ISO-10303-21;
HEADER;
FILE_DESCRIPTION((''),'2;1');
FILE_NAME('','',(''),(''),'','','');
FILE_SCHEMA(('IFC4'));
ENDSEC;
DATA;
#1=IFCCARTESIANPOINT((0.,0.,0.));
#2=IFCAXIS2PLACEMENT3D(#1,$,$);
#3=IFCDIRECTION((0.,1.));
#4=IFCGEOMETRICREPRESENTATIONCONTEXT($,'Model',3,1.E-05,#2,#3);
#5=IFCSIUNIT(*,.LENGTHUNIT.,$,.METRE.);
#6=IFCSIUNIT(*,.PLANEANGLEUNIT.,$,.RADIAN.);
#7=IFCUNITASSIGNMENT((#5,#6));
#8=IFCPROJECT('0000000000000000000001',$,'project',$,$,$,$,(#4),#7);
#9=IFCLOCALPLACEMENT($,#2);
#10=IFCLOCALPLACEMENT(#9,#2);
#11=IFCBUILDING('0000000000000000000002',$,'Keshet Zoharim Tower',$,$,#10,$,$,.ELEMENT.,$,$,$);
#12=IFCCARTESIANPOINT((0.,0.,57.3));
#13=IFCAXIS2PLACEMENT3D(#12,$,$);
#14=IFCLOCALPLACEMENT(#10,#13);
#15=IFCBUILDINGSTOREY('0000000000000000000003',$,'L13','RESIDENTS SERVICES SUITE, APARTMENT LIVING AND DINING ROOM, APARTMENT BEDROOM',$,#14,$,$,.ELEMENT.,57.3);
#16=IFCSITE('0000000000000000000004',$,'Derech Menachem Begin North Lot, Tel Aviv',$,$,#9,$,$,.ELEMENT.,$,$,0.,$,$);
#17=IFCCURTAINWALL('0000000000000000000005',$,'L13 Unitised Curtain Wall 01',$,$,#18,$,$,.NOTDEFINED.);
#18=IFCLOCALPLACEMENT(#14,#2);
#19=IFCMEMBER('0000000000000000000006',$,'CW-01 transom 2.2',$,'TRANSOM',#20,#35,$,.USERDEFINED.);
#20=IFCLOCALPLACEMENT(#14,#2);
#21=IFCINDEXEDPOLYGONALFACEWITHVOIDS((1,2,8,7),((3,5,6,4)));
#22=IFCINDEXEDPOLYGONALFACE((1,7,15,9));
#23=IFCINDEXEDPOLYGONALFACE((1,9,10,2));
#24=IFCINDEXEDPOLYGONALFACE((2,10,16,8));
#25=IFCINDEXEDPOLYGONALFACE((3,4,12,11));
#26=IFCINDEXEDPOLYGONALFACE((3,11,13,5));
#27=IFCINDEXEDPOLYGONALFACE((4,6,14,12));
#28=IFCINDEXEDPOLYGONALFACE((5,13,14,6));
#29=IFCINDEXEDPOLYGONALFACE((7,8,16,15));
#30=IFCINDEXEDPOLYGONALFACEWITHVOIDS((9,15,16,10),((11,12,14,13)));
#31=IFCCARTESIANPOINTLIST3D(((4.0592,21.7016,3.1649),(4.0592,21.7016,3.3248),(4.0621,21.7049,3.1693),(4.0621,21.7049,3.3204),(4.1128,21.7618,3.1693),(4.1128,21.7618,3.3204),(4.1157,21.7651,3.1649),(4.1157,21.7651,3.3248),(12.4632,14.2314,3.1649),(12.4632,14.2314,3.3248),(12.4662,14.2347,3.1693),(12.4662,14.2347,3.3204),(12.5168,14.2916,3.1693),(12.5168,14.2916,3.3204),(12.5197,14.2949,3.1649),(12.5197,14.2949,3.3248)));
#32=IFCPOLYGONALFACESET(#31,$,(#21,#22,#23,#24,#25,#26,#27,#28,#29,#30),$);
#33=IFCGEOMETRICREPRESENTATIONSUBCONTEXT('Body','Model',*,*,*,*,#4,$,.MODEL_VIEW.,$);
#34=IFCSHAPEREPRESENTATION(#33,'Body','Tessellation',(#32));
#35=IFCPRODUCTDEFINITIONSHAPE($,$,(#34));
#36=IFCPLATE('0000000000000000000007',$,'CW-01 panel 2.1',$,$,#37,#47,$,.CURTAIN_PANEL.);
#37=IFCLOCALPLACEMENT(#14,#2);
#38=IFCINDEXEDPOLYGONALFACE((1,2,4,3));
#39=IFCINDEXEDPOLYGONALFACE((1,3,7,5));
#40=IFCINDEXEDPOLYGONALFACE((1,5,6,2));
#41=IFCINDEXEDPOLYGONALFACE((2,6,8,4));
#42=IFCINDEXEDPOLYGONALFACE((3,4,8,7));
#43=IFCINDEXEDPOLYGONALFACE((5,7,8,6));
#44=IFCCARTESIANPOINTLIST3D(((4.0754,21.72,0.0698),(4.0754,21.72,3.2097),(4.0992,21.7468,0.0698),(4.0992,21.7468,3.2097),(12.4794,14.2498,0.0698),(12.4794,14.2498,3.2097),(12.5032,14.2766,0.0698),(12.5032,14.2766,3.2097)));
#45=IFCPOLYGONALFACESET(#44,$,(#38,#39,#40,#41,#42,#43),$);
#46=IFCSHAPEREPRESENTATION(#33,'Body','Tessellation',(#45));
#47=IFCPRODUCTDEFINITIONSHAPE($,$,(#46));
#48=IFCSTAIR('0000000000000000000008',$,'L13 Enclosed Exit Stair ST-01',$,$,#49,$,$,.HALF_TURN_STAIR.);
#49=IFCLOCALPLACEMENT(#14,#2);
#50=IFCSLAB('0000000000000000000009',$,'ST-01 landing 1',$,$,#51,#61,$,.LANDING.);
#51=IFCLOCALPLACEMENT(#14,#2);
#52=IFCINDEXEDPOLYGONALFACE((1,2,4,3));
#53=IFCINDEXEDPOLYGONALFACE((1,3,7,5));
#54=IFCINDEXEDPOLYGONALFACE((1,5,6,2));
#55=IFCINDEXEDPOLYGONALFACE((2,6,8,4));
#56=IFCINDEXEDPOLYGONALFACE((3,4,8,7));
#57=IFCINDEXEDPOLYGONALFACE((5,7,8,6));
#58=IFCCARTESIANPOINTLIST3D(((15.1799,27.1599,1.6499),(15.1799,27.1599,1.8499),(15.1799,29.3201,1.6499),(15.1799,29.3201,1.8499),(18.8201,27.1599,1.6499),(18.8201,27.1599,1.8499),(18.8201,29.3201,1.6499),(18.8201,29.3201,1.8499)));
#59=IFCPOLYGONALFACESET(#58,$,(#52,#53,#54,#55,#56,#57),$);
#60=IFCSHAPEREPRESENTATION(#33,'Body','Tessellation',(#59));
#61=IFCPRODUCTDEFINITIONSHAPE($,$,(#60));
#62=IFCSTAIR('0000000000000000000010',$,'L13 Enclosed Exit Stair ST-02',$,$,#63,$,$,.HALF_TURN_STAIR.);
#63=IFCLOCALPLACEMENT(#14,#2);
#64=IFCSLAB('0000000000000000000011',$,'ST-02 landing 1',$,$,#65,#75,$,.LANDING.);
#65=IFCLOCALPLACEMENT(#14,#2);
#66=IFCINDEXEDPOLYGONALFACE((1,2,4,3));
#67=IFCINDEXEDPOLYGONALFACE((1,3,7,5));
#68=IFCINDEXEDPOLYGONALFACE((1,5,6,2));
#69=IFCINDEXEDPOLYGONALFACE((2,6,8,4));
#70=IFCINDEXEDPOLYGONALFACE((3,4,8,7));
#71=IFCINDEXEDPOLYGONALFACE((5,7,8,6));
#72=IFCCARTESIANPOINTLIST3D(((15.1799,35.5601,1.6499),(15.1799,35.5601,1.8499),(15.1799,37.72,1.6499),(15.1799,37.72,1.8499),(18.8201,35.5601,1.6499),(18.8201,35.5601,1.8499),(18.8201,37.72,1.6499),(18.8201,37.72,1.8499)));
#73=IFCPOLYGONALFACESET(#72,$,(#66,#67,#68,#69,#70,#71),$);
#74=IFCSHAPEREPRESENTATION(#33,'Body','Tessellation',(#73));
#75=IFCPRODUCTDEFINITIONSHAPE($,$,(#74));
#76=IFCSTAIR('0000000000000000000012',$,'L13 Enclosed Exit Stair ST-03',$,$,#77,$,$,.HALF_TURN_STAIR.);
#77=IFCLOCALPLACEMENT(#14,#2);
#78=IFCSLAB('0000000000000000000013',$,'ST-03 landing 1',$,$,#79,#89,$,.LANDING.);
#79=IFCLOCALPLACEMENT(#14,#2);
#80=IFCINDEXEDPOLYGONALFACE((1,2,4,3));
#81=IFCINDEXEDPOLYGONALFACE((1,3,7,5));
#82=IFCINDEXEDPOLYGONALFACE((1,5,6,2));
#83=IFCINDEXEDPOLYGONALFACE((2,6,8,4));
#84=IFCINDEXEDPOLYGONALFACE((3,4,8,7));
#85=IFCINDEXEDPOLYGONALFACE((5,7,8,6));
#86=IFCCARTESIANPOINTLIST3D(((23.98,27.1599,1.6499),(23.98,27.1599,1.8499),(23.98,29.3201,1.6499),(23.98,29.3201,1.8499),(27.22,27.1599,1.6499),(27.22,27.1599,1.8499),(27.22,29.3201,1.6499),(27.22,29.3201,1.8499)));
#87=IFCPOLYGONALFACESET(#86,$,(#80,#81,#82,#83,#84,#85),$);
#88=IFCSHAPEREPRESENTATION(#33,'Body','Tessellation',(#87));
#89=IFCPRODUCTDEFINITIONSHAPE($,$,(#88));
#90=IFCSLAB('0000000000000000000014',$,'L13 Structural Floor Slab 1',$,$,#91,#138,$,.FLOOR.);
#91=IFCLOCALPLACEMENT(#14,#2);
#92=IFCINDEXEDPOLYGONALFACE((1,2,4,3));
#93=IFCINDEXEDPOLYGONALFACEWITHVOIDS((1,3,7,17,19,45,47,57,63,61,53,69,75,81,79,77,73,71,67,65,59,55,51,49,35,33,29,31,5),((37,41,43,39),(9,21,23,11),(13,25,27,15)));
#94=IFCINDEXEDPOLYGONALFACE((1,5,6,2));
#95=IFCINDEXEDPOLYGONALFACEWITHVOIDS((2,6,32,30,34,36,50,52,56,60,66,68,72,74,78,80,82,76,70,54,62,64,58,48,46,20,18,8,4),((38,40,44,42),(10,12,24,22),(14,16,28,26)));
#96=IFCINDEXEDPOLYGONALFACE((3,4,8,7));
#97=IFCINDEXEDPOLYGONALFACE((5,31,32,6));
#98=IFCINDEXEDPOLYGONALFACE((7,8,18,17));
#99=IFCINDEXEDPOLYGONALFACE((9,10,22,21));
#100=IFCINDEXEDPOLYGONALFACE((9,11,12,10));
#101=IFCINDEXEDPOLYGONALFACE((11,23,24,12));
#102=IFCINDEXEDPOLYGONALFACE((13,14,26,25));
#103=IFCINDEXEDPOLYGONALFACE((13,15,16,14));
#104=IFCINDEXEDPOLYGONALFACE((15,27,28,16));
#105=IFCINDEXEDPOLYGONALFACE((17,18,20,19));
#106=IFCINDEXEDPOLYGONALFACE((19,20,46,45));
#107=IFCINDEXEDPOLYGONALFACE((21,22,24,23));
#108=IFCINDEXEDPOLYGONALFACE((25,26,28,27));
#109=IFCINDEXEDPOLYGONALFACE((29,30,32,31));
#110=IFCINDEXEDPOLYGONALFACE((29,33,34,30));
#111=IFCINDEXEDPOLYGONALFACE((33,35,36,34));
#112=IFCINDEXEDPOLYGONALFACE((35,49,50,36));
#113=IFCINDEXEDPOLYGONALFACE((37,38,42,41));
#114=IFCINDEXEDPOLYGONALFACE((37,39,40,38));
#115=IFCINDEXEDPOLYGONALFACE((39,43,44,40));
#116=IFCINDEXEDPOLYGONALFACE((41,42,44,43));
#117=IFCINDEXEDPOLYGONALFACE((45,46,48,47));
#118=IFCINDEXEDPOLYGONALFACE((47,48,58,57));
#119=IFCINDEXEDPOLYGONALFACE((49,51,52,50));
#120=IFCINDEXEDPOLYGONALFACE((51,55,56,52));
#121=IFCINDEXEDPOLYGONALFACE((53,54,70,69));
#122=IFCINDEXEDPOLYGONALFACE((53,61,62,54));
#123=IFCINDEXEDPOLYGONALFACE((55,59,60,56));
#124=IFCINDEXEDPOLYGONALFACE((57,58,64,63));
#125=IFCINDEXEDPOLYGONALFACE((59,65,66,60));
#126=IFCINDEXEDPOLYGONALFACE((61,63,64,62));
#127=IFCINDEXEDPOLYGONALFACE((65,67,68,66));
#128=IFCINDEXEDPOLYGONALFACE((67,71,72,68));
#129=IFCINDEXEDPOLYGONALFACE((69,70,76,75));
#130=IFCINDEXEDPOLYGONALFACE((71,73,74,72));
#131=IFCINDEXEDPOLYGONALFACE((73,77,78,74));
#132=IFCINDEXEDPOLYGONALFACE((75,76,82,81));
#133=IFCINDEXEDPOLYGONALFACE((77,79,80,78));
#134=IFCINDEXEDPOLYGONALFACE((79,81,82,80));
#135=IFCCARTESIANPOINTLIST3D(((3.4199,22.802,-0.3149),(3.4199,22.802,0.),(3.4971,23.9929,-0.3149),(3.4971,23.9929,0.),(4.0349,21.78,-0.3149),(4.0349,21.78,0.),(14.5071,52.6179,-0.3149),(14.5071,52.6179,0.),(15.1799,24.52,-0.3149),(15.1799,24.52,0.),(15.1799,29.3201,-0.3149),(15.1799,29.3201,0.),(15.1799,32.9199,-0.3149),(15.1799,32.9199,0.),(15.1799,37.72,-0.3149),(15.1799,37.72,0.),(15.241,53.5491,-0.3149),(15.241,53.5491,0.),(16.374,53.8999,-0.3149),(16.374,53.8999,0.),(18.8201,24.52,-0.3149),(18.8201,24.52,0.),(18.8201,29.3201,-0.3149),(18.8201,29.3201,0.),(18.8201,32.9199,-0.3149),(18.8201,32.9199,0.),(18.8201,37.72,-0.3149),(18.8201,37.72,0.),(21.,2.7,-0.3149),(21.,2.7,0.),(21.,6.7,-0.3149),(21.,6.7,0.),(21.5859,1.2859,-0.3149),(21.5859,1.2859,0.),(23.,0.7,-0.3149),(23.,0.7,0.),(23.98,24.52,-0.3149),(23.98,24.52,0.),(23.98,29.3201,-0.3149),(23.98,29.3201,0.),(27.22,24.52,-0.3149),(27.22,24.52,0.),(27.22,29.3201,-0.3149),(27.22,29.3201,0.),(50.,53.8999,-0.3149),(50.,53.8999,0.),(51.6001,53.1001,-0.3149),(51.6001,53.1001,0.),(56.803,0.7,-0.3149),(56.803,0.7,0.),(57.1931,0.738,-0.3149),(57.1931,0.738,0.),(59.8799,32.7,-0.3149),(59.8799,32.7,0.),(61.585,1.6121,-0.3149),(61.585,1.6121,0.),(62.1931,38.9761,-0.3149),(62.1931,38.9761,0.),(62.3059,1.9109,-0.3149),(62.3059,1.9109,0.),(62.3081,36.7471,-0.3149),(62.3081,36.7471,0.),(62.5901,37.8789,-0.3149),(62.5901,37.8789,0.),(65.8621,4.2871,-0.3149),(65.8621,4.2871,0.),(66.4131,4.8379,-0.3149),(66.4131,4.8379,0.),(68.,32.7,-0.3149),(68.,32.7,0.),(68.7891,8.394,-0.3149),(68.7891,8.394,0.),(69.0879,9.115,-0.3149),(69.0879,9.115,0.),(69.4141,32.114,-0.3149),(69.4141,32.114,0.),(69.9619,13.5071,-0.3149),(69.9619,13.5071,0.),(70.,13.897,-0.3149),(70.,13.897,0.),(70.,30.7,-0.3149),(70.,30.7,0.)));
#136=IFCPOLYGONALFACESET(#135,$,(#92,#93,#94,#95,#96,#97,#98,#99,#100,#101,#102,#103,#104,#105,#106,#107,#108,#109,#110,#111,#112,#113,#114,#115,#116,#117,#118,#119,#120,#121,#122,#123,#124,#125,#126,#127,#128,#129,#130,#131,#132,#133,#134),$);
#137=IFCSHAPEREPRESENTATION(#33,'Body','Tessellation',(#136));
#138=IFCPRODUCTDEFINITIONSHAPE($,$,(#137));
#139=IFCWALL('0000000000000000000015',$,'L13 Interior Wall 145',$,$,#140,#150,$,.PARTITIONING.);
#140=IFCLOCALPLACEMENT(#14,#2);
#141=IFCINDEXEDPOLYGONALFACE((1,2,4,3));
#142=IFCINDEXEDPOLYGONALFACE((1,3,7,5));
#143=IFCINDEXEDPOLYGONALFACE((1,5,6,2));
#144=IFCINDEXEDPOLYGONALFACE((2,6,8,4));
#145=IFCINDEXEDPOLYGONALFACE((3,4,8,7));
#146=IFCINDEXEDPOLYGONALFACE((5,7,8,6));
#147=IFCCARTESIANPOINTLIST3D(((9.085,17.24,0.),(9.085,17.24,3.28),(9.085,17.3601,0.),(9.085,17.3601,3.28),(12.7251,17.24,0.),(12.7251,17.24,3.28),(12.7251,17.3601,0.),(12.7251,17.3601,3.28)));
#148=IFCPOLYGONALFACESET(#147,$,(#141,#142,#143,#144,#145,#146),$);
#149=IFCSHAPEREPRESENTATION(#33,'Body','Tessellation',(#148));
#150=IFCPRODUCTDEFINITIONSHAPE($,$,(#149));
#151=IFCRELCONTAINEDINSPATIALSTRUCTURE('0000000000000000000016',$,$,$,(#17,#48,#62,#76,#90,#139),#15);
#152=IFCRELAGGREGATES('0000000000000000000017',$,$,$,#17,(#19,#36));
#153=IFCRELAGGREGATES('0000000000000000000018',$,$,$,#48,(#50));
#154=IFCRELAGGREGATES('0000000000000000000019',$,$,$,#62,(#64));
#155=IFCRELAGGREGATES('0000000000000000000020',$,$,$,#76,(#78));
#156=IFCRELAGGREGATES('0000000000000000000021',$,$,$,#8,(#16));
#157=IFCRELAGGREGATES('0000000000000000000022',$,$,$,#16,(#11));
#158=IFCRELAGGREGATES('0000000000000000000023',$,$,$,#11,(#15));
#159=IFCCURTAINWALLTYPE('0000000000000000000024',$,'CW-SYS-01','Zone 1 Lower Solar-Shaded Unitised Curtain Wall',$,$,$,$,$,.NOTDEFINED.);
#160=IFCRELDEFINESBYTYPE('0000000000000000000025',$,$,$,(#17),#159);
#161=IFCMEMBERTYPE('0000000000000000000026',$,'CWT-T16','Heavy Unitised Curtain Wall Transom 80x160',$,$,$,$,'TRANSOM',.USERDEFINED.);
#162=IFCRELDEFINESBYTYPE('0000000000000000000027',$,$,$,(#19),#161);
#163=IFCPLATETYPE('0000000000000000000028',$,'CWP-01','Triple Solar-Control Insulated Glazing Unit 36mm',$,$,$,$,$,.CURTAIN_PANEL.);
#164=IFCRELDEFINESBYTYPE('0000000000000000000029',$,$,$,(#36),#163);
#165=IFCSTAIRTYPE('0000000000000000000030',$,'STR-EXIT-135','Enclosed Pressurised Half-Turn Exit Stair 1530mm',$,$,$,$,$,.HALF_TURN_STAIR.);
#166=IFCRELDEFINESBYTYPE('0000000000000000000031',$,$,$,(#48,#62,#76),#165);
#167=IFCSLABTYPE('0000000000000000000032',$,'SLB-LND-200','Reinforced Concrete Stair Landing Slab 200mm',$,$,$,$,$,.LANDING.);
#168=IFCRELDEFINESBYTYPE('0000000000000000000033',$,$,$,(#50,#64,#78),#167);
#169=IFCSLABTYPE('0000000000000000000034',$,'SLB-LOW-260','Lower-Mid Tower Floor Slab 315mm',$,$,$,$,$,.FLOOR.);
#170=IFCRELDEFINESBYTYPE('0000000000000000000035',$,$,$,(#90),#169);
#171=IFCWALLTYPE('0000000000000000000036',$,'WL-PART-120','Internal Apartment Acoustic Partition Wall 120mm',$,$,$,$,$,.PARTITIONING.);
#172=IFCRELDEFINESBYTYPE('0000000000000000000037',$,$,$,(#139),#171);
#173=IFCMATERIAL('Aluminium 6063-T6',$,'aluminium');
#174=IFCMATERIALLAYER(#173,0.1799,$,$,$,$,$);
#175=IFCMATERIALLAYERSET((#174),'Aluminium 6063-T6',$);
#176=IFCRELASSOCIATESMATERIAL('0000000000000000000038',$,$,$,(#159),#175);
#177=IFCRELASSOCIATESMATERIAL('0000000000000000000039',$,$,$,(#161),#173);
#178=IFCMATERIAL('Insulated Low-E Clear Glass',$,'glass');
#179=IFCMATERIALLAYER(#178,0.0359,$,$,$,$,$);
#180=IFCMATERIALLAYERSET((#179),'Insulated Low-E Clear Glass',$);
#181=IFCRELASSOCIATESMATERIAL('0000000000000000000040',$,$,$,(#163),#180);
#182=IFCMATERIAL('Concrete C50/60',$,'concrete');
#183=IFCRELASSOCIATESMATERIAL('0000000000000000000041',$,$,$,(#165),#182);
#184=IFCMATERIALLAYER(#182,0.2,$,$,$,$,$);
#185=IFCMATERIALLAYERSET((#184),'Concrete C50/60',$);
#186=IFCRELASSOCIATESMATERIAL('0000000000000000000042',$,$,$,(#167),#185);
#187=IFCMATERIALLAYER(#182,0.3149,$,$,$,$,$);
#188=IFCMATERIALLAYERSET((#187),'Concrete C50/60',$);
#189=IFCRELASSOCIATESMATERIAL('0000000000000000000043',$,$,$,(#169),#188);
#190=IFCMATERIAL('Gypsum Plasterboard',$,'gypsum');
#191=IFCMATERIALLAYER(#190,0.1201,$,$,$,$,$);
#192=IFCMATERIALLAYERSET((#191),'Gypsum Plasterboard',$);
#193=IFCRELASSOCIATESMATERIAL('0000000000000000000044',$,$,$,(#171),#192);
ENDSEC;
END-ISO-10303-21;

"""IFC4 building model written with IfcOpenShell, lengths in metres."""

from ifc_helpers import new_model, si_unit, direction, frame, frame_2d, origin, origin_2d, place, context, subcontext, project, spatial, polyline, rectangle, hollow_rectangle, outline, extrude, material, layer, layer_set, material_profile, profile_set, type_object, element, aggregate, save


model = new_model("IFC4")

# Units and contexts
model_context = context("Model", 3, precision=1e-05, world=origin(), true_north=direction((0.0, 1.0)))
body_context = subcontext(model_context, "Body", "Model", "MODEL_VIEW")
ifc_project = project(units=[si_unit("LENGTHUNIT", "METRE"), si_unit("PLANEANGLEUNIT", "RADIAN")], contexts=[model_context])

# Site, building, storey
site_placement = place(None, origin())
site = spatial("IfcSite", under=ifc_project, at=site_placement, Name="Derech Menachem Begin North Lot, Tel Aviv", CompositionType="ELEMENT", RefElevation=0.0)
building_placement = place(site_placement, origin())
building = spatial("IfcBuilding", under=site, at=building_placement, Name="Keshet Zoharim Tower", CompositionType="ELEMENT")
storey_placement = place(building_placement, frame((0.0, 0.0, 57.3)))
storey = spatial("IfcBuildingStorey", under=building, at=storey_placement, Name="L13", Description="RESIDENTS SERVICES SUITE, APARTMENT LIVING AND DINING ROOM, APARTMENT BEDROOM", CompositionType="ELEMENT", Elevation=57.3)

# Curtain wall, member, plate
ifc_material_1 = material(Name="Aluminium 6063-T6", Category="aluminium")
ifc_layer_1 = layer(ifc_material_1, 0.1799)
ifc_layer_set_1 = layer_set([ifc_layer_1], Name="Aluminium 6063-T6")
curtain_wall_type = type_object("IfcCurtainWallType", Name="CW-SYS-01", Description="Zone 1 Lower Solar-Shaded Unitised Curtain Wall", PredefinedType="NOTDEFINED", material=ifc_layer_set_1)
curtain_wall_placement = place(storey_placement, origin())
curtain_wall = element("IfcCurtainWall", 1, at=curtain_wall_placement, inside=storey, type_object=curtain_wall_type, Name="L13 Unitised Curtain Wall 01", PredefinedType="NOTDEFINED")
ifc_material_profile_1 = material_profile(ifc_material_1, hollow_rectangle(XDim=0.085, YDim=0.1599, WallThickness=0.0044, at=origin_2d()), Name="TRN-85x160")
ifc_profile_set_1 = profile_set([ifc_material_profile_1], Name="Aluminium 6063-T6")
member_type_1 = type_object("IfcMemberType", Name="CWT-T16", Description="Heavy Unitised Curtain Wall Transom 80x160", ElementType="TRANSOM", PredefinedType="USERDEFINED", material=ifc_profile_set_1)
member_1_placement = place(storey_placement, frame((12.4915, 14.2632, 3.2449), z_axis=(-0.747412, 0.664361, 0.0), x_axis=(-0.664361, -0.747412, 0.0)))
member_1 = element("IfcMember", 2, at=member_1_placement, type_object=member_type_1, Name="CW-01 transom 2.2", ObjectType="TRANSOM", PredefinedType="USERDEFINED", context=body_context, shape_type="SweptSolid", body=[
    extrude(hollow_rectangle(XDim=0.085, YDim=0.1599, WallThickness=0.0044, at=origin_2d()), origin(), (0.0, 0.0, 1.0), 11.2441),
])
ifc_material_2 = material(Name="Insulated Low-E Clear Glass", Category="glass")
ifc_layer_2 = layer(ifc_material_2, 0.0359)
ifc_layer_set_2 = layer_set([ifc_layer_2], Name="Insulated Low-E Clear Glass")
plate_type = type_object("IfcPlateType", Name="CWP-01", Description="Triple Solar-Control Insulated Glazing Unit 36mm", PredefinedType="CURTAIN_PANEL", material=ifc_layer_set_2)
plate_placement = place(storey_placement, frame((8.2893, 17.9983, 0.0698), z_axis=(0.0, 0.0, 1.0), x_axis=(-0.747409, 0.664364, 0.0)))
plate = element("IfcPlate", 3, at=plate_placement, type_object=plate_type, Name="CW-01 panel 2.1", PredefinedType="CURTAIN_PANEL", context=body_context, shape_type="SweptSolid", body=[
    extrude(rectangle(XDim=11.2441, YDim=0.0359, at=origin_2d()), origin(), (0.0, 0.0, 1.0), 3.1399),
])
aggregate(curtain_wall, [member_1, plate])

# Stairs, slabs
ifc_material_3 = material(Name="Concrete C50/60", Category="concrete")
stair_type = type_object("IfcStairType", Name="STR-EXIT-135", Description="Enclosed Pressurised Half-Turn Exit Stair 1530mm", PredefinedType="HALF_TURN_STAIR", material=ifc_material_3)
stair_1_placement = place(storey_placement, origin())
stair_1 = element("IfcStair", 4, at=stair_1_placement, inside=storey, type_object=stair_type, Name="L13 Enclosed Exit Stair ST-01", PredefinedType="HALF_TURN_STAIR")
ifc_layer_3 = layer(ifc_material_3, 0.2)
ifc_layer_set_3 = layer_set([ifc_layer_3], Name="Concrete C50/60")
slab_type_1 = type_object("IfcSlabType", Name="SLB-LND-200", Description="Reinforced Concrete Stair Landing Slab 200mm", PredefinedType="LANDING", material=ifc_layer_set_3)
slab_1_placement = place(storey_placement, frame((0.0, 0.0, 1.6499)))
slab_1 = element("IfcSlab", 5, at=slab_1_placement, type_object=slab_type_1, Name="ST-01 landing 1", PredefinedType="LANDING", context=body_context, shape_type="SweptSolid", body=[
    extrude(outline(polyline([(15.1799, 27.1599), (18.8201, 27.1599), (18.8201, 29.3201), (15.1799, 29.3201), (15.1799, 27.1599)])), origin(), (0.0, 0.0, 1.0), 0.2),
])
aggregate(stair_1, [slab_1])
stair_2_placement = place(storey_placement, origin())
stair_2 = element("IfcStair", 6, at=stair_2_placement, inside=storey, type_object=stair_type, Name="L13 Enclosed Exit Stair ST-02", PredefinedType="HALF_TURN_STAIR")
slab_2_placement = place(storey_placement, frame((0.0, 0.0, 1.6499)))
slab_2 = element("IfcSlab", 7, at=slab_2_placement, type_object=slab_type_1, Name="ST-02 landing 1", PredefinedType="LANDING", context=body_context, shape_type="SweptSolid", body=[
    extrude(outline(polyline([(15.1799, 35.5601), (18.8201, 35.5601), (18.8201, 37.72), (15.1799, 37.72), (15.1799, 35.5601)])), origin(), (0.0, 0.0, 1.0), 0.2),
])
aggregate(stair_2, [slab_2])
stair_3_placement = place(storey_placement, origin())
stair_3 = element("IfcStair", 8, at=stair_3_placement, inside=storey, type_object=stair_type, Name="L13 Enclosed Exit Stair ST-03", PredefinedType="HALF_TURN_STAIR")
slab_3_placement = place(storey_placement, frame((0.0, 0.0, 1.6499)))
slab_3 = element("IfcSlab", 9, at=slab_3_placement, type_object=slab_type_1, Name="ST-03 landing 1", PredefinedType="LANDING", context=body_context, shape_type="SweptSolid", body=[
    extrude(outline(polyline([(23.98, 27.1599), (27.22, 27.1599), (27.22, 29.3201), (23.98, 29.3201), (23.98, 27.1599)])), origin(), (0.0, 0.0, 1.0), 0.2),
])
aggregate(stair_3, [slab_3])

# Slab
ifc_layer_4 = layer(ifc_material_3, 0.3149)
ifc_layer_set_4 = layer_set([ifc_layer_4], Name="Concrete C50/60")
slab_type_2 = type_object("IfcSlabType", Name="SLB-LOW-260", Description="Lower-Mid Tower Floor Slab 315mm", PredefinedType="FLOOR", material=ifc_layer_set_4)
slab_4_placement = place(storey_placement, frame((0.0, 0.0, -0.3149)))
element("IfcSlab", 10, at=slab_4_placement, inside=storey, type_object=slab_type_2, Name="L13 Structural Floor Slab 1", PredefinedType="FLOOR", context=body_context, shape_type="SweptSolid", body=[
    extrude(outline(polyline([(21.0, 6.7), (4.0349, 21.78), (3.4199, 22.802), (3.4971, 23.9929), (14.5071, 52.6179), (15.241, 53.5491), (16.374, 53.8999), (50.0, 53.8999), (51.6001, 53.1001), (62.1931, 38.9761), (62.5901, 37.8789), (62.3081, 36.7471), (59.8799, 32.7), (68.0, 32.7), (69.4141, 32.114), (70.0, 30.7), (70.0, 13.897), (69.9619, 13.5071), (69.0879, 9.115), (68.7891, 8.394), (66.4131, 4.8379), (65.8621, 4.2871), (62.3059, 1.9109), (61.585, 1.6121), (57.1931, 0.738), (56.803, 0.7), (23.0, 0.7), (21.5859, 1.2859), (21.0, 2.7), (21.0, 6.7)]), holes=[polyline([(15.1799, 24.52), (18.8201, 24.52), (18.8201, 29.3201), (15.1799, 29.3201), (15.1799, 24.52)]), polyline([(15.1799, 32.9199), (18.8201, 32.9199), (18.8201, 37.72), (15.1799, 37.72), (15.1799, 32.9199)]), polyline([(23.98, 24.52), (27.22, 24.52), (27.22, 29.3201), (23.98, 29.3201), (23.98, 24.52)])]), origin(), (0.0, 0.0, 1.0), 0.3149),
])

# Shared definitions
ifc_material_4 = material(Name="Gypsum Plasterboard", Category="gypsum")

# Wall
ifc_layer_5 = layer(ifc_material_4, 0.1201)
ifc_layer_set_5 = layer_set([ifc_layer_5], Name="Gypsum Plasterboard")
wall_type_1 = type_object("IfcWallType", Name="WL-PART-120", Description="Internal Apartment Acoustic Partition Wall 120mm", PredefinedType="PARTITIONING", material=ifc_layer_set_5)
wall_1_placement = place(storey_placement, frame((9.085, 17.3, 0.0), z_axis=(0.0, 0.0, 1.0), x_axis=(1.0, 0.0, 0.0)))
element("IfcWall", 11, at=wall_1_placement, inside=storey, type_object=wall_type_1, Name="L13 Interior Wall 145", PredefinedType="PARTITIONING", context=body_context, shape_type="SweptSolid", body=[
    extrude(rectangle(XDim=3.6401, YDim=0.1201, at=frame_2d((1.8201, 0.0))), origin(), (0.0, 0.0, 1.0), 3.28),
])

save(model, "model.ifc")
